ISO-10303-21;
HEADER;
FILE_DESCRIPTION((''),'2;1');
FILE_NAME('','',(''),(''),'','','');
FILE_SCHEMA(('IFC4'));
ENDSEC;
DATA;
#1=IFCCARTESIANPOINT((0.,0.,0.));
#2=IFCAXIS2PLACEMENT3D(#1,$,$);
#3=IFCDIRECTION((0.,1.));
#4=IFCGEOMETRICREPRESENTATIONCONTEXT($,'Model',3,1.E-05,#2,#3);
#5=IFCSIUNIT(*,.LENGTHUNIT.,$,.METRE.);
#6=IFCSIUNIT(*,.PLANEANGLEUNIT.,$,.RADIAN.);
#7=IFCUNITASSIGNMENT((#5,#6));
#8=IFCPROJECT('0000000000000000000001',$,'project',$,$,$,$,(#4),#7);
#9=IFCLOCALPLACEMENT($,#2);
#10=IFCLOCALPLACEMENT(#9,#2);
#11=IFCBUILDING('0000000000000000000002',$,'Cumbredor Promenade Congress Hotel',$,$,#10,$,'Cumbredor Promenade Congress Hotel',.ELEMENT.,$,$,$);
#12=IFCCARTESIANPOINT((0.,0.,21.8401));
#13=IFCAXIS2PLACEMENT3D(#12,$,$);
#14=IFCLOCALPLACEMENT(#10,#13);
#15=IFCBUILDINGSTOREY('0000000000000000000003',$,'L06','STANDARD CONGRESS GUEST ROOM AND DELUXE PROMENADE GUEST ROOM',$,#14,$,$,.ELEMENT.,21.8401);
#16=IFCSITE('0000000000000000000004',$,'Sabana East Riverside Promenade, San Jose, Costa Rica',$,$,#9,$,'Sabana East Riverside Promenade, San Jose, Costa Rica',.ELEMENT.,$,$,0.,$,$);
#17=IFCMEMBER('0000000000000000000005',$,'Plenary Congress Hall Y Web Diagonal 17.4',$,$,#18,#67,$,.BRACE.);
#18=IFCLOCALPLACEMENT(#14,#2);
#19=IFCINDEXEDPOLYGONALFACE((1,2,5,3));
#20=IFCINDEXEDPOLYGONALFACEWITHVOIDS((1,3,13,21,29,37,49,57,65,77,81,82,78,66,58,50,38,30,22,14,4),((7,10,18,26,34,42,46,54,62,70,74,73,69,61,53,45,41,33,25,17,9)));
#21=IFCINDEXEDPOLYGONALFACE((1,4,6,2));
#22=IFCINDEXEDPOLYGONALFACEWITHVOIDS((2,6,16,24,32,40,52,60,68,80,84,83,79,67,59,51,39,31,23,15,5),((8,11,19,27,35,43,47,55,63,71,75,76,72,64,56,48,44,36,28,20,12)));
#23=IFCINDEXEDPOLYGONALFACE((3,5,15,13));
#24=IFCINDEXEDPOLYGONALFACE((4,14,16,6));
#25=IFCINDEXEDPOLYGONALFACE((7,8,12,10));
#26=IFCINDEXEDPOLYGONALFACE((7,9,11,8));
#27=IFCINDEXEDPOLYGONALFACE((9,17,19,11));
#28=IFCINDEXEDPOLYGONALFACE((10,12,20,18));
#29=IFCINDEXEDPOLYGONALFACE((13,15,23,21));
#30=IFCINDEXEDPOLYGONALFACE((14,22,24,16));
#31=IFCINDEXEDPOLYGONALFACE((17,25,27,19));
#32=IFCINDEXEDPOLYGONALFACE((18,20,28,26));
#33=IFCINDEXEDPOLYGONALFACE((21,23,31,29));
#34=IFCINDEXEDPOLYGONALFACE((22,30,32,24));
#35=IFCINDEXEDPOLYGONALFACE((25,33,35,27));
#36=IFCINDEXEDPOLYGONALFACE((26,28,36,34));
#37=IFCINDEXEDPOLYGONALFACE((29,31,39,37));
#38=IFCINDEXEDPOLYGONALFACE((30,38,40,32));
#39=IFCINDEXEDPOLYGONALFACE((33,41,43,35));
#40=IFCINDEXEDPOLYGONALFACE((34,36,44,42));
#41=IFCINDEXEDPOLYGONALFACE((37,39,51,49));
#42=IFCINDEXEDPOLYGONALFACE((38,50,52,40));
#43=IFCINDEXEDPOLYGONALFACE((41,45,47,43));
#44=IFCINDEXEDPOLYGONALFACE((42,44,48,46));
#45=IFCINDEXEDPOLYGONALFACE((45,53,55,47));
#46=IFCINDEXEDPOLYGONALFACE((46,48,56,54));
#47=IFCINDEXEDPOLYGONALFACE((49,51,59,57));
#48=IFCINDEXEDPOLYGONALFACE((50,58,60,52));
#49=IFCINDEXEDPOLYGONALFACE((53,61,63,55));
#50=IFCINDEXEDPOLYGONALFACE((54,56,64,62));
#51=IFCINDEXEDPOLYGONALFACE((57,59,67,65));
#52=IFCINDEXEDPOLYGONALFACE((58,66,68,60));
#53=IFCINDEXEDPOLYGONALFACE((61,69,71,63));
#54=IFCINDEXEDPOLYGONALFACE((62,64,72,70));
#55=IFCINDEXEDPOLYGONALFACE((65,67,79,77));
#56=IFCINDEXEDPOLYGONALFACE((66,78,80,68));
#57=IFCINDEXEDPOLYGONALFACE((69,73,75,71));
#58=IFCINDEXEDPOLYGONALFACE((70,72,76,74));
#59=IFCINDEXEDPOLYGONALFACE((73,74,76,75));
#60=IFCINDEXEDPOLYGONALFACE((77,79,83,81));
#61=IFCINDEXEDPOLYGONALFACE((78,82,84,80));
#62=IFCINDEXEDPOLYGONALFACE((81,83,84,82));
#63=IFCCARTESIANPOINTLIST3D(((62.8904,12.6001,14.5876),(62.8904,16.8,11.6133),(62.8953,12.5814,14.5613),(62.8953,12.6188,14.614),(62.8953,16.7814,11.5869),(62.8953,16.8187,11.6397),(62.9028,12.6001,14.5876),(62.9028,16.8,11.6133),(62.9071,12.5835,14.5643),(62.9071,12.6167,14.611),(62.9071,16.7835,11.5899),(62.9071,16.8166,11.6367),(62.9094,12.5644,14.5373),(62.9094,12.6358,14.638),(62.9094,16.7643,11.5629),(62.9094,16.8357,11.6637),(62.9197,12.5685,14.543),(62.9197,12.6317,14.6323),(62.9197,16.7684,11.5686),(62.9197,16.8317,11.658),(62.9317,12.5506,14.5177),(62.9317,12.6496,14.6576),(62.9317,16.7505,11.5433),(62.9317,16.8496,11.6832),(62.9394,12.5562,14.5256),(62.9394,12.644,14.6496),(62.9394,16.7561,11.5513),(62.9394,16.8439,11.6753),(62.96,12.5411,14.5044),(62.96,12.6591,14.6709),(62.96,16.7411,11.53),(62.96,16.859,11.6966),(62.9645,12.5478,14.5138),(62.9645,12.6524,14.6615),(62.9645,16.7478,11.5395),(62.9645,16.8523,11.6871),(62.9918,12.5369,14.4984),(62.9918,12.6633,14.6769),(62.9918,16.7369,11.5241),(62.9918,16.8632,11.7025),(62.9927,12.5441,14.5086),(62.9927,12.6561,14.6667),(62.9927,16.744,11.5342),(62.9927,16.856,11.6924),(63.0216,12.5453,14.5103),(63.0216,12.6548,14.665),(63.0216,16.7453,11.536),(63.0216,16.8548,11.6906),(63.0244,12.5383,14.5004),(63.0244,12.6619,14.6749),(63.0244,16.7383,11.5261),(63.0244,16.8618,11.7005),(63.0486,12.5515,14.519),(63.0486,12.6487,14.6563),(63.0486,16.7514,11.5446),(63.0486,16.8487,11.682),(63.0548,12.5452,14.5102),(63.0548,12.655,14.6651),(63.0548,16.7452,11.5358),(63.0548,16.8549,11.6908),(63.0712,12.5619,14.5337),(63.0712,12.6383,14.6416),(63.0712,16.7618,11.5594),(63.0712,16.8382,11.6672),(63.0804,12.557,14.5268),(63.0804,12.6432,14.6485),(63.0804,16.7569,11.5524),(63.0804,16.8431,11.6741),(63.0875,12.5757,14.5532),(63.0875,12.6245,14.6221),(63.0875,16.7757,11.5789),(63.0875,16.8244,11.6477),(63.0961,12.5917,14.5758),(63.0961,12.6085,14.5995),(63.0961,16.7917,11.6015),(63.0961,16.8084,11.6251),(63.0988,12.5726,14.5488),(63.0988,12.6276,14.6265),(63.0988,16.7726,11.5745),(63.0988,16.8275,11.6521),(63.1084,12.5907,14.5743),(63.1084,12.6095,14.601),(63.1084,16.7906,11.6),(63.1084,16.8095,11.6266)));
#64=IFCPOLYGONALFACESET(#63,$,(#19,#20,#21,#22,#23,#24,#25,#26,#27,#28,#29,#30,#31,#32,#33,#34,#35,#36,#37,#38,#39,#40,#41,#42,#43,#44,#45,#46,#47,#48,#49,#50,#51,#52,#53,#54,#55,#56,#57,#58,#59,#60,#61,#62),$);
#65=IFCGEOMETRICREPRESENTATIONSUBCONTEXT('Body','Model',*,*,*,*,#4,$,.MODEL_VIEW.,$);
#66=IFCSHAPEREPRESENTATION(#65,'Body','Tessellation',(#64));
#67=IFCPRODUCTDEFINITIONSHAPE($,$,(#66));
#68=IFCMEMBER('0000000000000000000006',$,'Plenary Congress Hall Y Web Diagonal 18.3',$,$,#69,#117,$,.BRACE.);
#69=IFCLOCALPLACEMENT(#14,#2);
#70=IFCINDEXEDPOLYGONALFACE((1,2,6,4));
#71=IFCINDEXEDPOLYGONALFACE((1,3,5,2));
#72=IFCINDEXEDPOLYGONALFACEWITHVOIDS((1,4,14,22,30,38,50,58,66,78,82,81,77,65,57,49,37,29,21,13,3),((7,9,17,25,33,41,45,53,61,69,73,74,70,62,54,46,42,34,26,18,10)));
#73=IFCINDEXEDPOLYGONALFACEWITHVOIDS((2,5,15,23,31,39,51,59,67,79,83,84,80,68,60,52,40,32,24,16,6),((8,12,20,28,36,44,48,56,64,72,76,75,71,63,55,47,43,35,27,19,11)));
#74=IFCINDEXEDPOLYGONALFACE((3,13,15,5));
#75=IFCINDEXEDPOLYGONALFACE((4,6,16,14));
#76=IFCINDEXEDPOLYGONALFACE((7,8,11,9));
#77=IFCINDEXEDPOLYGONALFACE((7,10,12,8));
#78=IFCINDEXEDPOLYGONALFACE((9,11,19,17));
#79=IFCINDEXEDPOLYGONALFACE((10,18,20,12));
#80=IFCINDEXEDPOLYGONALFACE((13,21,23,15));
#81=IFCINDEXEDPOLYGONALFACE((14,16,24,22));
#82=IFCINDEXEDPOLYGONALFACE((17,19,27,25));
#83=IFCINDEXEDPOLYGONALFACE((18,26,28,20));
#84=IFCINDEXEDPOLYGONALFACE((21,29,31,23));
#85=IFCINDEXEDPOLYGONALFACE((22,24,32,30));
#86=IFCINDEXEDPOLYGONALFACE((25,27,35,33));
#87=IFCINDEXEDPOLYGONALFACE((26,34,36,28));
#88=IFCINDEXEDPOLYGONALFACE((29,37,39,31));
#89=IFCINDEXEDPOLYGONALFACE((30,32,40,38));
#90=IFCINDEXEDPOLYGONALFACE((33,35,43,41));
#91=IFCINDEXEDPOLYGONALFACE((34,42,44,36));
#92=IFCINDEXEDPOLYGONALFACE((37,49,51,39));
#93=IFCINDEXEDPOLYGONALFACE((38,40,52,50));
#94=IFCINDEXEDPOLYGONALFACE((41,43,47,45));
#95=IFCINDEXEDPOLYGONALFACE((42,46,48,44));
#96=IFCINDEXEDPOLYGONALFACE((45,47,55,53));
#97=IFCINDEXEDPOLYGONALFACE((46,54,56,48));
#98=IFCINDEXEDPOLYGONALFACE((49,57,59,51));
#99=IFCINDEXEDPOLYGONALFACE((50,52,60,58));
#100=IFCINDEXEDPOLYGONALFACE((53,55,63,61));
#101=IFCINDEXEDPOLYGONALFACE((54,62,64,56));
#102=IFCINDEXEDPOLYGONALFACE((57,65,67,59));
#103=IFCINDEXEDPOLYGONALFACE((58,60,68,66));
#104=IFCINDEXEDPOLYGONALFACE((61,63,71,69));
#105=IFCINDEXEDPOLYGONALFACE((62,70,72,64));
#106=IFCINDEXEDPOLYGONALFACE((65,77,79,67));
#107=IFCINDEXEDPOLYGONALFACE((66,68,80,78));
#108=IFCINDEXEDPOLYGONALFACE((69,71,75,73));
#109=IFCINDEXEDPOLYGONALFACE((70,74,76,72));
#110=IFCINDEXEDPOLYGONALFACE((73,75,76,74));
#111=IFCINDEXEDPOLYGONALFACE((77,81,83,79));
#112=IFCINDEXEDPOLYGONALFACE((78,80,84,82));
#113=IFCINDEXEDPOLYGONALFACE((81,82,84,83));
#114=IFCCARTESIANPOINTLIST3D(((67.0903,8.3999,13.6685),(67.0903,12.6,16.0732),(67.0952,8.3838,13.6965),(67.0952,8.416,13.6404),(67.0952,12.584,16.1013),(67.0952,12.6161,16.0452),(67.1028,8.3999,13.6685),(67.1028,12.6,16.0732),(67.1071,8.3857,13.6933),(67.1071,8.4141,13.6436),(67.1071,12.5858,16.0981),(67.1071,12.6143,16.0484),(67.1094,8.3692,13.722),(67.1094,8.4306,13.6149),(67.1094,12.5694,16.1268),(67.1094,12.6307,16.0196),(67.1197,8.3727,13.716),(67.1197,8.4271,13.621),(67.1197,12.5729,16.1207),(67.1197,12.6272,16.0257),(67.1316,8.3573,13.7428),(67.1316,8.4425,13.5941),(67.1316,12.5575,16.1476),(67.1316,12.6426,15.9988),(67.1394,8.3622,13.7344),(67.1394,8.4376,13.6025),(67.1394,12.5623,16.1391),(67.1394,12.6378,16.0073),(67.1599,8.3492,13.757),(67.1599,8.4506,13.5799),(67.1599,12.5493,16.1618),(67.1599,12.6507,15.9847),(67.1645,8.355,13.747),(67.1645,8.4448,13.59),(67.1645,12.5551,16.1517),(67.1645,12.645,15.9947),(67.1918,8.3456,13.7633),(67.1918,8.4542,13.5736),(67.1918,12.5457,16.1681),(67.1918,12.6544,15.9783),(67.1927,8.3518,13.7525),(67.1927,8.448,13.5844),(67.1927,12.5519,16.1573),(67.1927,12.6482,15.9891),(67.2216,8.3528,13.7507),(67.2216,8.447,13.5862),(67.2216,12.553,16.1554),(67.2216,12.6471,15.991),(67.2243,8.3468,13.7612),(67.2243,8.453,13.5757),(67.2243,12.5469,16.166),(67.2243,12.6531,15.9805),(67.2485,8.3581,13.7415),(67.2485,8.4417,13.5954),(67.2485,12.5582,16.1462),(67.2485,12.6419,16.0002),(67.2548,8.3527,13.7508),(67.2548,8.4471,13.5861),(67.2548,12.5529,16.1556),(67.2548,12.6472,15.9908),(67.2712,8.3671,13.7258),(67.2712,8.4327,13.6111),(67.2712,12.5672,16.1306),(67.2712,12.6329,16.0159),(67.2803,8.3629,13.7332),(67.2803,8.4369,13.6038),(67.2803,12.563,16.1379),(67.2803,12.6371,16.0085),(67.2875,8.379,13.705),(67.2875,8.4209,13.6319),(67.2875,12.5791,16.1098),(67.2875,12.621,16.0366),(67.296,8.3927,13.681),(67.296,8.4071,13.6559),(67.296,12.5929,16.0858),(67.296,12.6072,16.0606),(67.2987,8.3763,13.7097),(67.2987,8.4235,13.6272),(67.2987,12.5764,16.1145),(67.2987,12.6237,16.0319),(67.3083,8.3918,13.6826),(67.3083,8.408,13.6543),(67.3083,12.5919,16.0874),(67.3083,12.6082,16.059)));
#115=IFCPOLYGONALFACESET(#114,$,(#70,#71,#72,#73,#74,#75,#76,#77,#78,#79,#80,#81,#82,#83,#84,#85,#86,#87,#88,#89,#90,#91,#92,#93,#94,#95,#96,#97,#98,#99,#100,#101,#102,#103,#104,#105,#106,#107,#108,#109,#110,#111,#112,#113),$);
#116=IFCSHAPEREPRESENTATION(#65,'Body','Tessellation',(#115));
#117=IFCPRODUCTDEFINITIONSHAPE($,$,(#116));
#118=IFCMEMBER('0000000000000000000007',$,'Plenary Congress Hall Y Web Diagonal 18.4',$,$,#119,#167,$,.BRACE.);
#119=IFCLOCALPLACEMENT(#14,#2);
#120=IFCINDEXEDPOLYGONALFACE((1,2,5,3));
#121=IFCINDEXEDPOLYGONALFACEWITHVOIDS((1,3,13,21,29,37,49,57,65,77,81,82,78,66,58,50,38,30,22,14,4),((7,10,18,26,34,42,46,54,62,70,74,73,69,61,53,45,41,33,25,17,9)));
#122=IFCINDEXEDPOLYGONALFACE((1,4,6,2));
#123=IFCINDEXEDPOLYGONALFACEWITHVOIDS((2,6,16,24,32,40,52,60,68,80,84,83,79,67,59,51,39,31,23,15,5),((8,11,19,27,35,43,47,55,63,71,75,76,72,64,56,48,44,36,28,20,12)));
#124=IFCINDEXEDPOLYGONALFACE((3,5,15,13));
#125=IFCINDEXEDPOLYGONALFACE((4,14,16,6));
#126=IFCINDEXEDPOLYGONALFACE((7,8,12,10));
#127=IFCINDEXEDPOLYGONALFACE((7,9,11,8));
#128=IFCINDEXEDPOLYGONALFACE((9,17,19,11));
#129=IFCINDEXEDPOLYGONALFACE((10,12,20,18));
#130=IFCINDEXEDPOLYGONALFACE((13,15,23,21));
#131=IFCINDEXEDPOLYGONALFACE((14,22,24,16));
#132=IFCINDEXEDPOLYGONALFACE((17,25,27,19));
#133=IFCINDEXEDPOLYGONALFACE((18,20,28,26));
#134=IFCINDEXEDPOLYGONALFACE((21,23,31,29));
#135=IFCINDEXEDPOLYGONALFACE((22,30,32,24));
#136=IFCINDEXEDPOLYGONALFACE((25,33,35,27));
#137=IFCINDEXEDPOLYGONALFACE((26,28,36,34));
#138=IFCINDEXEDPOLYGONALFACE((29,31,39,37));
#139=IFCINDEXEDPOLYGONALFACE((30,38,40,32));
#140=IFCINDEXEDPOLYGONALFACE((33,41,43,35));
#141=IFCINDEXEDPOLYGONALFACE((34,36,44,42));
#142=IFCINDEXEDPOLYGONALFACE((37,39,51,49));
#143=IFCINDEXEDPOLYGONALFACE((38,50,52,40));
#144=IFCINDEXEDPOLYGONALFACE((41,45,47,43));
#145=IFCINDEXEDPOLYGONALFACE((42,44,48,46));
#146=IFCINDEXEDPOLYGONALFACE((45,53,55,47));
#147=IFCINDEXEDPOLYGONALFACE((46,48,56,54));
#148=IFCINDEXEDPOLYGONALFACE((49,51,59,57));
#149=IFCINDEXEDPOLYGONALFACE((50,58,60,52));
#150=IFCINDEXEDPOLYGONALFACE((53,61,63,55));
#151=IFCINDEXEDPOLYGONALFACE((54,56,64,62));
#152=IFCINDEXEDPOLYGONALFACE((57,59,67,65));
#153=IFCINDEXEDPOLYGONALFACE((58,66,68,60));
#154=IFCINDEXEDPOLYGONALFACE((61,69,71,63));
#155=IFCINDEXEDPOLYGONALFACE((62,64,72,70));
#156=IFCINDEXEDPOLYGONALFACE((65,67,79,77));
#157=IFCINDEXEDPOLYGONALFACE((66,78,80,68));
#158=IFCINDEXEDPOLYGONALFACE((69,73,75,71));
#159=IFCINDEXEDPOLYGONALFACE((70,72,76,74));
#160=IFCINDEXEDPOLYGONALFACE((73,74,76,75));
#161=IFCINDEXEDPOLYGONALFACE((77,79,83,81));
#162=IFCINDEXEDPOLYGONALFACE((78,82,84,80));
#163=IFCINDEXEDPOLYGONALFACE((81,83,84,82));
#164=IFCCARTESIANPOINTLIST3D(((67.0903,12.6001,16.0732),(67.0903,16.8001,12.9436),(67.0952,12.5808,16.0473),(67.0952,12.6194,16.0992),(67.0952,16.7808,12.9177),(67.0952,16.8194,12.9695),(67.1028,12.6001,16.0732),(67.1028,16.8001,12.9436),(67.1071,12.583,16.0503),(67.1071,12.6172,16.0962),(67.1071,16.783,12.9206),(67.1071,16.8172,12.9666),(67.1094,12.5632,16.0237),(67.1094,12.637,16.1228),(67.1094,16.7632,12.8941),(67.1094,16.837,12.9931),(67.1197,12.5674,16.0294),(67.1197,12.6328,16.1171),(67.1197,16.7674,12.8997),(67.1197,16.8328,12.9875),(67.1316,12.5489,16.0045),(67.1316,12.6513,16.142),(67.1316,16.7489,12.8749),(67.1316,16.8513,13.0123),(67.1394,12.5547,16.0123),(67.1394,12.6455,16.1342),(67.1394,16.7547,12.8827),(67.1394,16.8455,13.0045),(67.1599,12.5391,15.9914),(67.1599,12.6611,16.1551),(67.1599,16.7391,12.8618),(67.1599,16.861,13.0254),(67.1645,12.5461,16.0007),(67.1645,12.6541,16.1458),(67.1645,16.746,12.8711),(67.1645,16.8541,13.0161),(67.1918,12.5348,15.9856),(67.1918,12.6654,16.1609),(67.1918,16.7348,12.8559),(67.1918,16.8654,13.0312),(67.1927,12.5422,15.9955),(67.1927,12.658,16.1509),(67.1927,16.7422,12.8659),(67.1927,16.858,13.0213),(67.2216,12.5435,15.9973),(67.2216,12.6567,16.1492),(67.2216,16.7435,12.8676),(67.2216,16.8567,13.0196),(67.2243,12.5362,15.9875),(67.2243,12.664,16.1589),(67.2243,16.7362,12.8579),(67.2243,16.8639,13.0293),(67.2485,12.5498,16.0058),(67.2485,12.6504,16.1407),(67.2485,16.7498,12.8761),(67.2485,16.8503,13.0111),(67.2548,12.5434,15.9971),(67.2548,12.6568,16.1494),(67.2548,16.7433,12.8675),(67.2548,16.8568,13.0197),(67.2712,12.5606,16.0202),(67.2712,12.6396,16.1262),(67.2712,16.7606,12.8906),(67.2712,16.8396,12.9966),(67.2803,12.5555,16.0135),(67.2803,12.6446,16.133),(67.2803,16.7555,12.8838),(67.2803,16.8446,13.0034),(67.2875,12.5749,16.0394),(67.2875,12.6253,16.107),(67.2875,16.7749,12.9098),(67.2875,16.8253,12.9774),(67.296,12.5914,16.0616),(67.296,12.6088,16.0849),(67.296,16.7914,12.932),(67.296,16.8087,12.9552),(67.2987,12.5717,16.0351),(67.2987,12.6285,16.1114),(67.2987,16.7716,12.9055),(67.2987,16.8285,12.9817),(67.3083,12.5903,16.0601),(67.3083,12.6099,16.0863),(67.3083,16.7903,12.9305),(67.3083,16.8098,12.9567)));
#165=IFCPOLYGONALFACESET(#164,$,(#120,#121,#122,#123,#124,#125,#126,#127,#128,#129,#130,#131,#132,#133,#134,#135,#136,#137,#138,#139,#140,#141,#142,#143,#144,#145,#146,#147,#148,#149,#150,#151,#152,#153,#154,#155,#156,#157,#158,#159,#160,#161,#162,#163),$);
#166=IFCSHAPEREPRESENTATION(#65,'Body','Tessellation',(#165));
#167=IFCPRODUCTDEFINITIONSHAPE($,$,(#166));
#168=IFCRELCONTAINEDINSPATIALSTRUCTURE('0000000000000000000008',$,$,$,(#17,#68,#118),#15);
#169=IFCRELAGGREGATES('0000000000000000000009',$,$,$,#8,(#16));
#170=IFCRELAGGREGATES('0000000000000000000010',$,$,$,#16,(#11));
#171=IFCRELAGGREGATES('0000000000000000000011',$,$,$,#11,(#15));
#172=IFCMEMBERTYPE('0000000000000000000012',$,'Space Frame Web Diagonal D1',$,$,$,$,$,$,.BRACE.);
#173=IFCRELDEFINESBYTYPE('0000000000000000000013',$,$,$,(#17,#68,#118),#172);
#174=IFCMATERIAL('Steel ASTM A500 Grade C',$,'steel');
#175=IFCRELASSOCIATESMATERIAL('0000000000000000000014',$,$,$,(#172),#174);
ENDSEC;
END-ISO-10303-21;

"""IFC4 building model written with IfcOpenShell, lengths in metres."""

from ifc_helpers import new_model, si_unit, direction, frame, origin, origin_2d, place, context, subcontext, project, spatial, hollow_circle, extrude, material, material_profile, profile_set, type_object, element, save


model = new_model("IFC4")

# Units and contexts
model_context = context("Model", 3, precision=1e-05, world=origin(), true_north=direction((0.0, 1.0)))
body_context = subcontext(model_context, "Body", "Model", "MODEL_VIEW")
ifc_project = project(units=[si_unit("LENGTHUNIT", "METRE"), si_unit("PLANEANGLEUNIT", "RADIAN")], contexts=[model_context])

# Site, building, storey
site_placement = place(None, origin())
site = spatial("IfcSite", under=ifc_project, at=site_placement, Name="Sabana East Riverside Promenade, San Jose, Costa Rica", LongName="Sabana East Riverside Promenade, San Jose, Costa Rica", CompositionType="ELEMENT", RefElevation=0.0)
building_placement = place(site_placement, origin())
building = spatial("IfcBuilding", under=site, at=building_placement, Name="Cumbredor Promenade Congress Hotel", LongName="Cumbredor Promenade Congress Hotel", CompositionType="ELEMENT")
storey_placement = place(building_placement, frame((0.0, 0.0, 21.8401)))
storey = spatial("IfcBuildingStorey", under=building, at=storey_placement, Name="L06", Description="STANDARD CONGRESS GUEST ROOM AND DELUXE PROMENADE GUEST ROOM", CompositionType="ELEMENT", Elevation=21.8401)

# Members
ifc_material_1 = material(Name="Steel ASTM A500 Grade C", Category="steel")
ifc_material_profile_1 = material_profile(ifc_material_1, hollow_circle(Radius=0.1096, WallThickness=0.0125, at=origin_2d()), Name="CHS 219.1x12.5")
ifc_profile_set_1 = profile_set([ifc_material_profile_1], Name="Steel ASTM A500 Grade C")
member_type_1 = type_object("IfcMemberType", Name="Space Frame Web Diagonal D1", PredefinedType="BRACE", material=ifc_profile_set_1)
member_1_placement = place(storey_placement, frame((63.0, 12.6001, 14.5876), z_axis=(0.0, 0.816079, -0.57794), x_axis=(-1.0, 0.0, 0.0)))
element("IfcMember", 1, at=member_1_placement, inside=storey, type_object=member_type_1, Name="Plenary Congress Hall Y Web Diagonal 17.4", PredefinedType="BRACE", context=body_context, shape_type="SweptSolid", body=[
    extrude(hollow_circle(Radius=0.1096, WallThickness=0.0125, at=origin_2d()), origin(), (0.0, 0.0, 1.0), 5.1465),
])
member_2_placement = place(storey_placement, frame((67.2, 8.3999, 13.6685), z_axis=(0.0, 0.867827, 0.496867), x_axis=(-1.0, 0.0, 0.0)))
element("IfcMember", 2, at=member_2_placement, inside=storey, type_object=member_type_1, Name="Plenary Congress Hall Y Web Diagonal 18.3", PredefinedType="BRACE", context=body_context, shape_type="SweptSolid", body=[
    extrude(hollow_circle(Radius=0.1096, WallThickness=0.0125, at=origin_2d()), origin(), (0.0, 0.0, 1.0), 4.8398),
])
member_3_placement = place(storey_placement, frame((67.2, 12.6001, 16.0732), z_axis=(0.0, 0.801859, -0.597514), x_axis=(-1.0, 0.0, 0.0)))
element("IfcMember", 3, at=member_3_placement, inside=storey, type_object=member_type_1, Name="Plenary Congress Hall Y Web Diagonal 18.4", PredefinedType="BRACE", context=body_context, shape_type="SweptSolid", body=[
    extrude(hollow_circle(Radius=0.1096, WallThickness=0.0125, at=origin_2d()), origin(), (0.0, 0.0, 1.0), 5.2378),
])

save(model, "model.ifc")
